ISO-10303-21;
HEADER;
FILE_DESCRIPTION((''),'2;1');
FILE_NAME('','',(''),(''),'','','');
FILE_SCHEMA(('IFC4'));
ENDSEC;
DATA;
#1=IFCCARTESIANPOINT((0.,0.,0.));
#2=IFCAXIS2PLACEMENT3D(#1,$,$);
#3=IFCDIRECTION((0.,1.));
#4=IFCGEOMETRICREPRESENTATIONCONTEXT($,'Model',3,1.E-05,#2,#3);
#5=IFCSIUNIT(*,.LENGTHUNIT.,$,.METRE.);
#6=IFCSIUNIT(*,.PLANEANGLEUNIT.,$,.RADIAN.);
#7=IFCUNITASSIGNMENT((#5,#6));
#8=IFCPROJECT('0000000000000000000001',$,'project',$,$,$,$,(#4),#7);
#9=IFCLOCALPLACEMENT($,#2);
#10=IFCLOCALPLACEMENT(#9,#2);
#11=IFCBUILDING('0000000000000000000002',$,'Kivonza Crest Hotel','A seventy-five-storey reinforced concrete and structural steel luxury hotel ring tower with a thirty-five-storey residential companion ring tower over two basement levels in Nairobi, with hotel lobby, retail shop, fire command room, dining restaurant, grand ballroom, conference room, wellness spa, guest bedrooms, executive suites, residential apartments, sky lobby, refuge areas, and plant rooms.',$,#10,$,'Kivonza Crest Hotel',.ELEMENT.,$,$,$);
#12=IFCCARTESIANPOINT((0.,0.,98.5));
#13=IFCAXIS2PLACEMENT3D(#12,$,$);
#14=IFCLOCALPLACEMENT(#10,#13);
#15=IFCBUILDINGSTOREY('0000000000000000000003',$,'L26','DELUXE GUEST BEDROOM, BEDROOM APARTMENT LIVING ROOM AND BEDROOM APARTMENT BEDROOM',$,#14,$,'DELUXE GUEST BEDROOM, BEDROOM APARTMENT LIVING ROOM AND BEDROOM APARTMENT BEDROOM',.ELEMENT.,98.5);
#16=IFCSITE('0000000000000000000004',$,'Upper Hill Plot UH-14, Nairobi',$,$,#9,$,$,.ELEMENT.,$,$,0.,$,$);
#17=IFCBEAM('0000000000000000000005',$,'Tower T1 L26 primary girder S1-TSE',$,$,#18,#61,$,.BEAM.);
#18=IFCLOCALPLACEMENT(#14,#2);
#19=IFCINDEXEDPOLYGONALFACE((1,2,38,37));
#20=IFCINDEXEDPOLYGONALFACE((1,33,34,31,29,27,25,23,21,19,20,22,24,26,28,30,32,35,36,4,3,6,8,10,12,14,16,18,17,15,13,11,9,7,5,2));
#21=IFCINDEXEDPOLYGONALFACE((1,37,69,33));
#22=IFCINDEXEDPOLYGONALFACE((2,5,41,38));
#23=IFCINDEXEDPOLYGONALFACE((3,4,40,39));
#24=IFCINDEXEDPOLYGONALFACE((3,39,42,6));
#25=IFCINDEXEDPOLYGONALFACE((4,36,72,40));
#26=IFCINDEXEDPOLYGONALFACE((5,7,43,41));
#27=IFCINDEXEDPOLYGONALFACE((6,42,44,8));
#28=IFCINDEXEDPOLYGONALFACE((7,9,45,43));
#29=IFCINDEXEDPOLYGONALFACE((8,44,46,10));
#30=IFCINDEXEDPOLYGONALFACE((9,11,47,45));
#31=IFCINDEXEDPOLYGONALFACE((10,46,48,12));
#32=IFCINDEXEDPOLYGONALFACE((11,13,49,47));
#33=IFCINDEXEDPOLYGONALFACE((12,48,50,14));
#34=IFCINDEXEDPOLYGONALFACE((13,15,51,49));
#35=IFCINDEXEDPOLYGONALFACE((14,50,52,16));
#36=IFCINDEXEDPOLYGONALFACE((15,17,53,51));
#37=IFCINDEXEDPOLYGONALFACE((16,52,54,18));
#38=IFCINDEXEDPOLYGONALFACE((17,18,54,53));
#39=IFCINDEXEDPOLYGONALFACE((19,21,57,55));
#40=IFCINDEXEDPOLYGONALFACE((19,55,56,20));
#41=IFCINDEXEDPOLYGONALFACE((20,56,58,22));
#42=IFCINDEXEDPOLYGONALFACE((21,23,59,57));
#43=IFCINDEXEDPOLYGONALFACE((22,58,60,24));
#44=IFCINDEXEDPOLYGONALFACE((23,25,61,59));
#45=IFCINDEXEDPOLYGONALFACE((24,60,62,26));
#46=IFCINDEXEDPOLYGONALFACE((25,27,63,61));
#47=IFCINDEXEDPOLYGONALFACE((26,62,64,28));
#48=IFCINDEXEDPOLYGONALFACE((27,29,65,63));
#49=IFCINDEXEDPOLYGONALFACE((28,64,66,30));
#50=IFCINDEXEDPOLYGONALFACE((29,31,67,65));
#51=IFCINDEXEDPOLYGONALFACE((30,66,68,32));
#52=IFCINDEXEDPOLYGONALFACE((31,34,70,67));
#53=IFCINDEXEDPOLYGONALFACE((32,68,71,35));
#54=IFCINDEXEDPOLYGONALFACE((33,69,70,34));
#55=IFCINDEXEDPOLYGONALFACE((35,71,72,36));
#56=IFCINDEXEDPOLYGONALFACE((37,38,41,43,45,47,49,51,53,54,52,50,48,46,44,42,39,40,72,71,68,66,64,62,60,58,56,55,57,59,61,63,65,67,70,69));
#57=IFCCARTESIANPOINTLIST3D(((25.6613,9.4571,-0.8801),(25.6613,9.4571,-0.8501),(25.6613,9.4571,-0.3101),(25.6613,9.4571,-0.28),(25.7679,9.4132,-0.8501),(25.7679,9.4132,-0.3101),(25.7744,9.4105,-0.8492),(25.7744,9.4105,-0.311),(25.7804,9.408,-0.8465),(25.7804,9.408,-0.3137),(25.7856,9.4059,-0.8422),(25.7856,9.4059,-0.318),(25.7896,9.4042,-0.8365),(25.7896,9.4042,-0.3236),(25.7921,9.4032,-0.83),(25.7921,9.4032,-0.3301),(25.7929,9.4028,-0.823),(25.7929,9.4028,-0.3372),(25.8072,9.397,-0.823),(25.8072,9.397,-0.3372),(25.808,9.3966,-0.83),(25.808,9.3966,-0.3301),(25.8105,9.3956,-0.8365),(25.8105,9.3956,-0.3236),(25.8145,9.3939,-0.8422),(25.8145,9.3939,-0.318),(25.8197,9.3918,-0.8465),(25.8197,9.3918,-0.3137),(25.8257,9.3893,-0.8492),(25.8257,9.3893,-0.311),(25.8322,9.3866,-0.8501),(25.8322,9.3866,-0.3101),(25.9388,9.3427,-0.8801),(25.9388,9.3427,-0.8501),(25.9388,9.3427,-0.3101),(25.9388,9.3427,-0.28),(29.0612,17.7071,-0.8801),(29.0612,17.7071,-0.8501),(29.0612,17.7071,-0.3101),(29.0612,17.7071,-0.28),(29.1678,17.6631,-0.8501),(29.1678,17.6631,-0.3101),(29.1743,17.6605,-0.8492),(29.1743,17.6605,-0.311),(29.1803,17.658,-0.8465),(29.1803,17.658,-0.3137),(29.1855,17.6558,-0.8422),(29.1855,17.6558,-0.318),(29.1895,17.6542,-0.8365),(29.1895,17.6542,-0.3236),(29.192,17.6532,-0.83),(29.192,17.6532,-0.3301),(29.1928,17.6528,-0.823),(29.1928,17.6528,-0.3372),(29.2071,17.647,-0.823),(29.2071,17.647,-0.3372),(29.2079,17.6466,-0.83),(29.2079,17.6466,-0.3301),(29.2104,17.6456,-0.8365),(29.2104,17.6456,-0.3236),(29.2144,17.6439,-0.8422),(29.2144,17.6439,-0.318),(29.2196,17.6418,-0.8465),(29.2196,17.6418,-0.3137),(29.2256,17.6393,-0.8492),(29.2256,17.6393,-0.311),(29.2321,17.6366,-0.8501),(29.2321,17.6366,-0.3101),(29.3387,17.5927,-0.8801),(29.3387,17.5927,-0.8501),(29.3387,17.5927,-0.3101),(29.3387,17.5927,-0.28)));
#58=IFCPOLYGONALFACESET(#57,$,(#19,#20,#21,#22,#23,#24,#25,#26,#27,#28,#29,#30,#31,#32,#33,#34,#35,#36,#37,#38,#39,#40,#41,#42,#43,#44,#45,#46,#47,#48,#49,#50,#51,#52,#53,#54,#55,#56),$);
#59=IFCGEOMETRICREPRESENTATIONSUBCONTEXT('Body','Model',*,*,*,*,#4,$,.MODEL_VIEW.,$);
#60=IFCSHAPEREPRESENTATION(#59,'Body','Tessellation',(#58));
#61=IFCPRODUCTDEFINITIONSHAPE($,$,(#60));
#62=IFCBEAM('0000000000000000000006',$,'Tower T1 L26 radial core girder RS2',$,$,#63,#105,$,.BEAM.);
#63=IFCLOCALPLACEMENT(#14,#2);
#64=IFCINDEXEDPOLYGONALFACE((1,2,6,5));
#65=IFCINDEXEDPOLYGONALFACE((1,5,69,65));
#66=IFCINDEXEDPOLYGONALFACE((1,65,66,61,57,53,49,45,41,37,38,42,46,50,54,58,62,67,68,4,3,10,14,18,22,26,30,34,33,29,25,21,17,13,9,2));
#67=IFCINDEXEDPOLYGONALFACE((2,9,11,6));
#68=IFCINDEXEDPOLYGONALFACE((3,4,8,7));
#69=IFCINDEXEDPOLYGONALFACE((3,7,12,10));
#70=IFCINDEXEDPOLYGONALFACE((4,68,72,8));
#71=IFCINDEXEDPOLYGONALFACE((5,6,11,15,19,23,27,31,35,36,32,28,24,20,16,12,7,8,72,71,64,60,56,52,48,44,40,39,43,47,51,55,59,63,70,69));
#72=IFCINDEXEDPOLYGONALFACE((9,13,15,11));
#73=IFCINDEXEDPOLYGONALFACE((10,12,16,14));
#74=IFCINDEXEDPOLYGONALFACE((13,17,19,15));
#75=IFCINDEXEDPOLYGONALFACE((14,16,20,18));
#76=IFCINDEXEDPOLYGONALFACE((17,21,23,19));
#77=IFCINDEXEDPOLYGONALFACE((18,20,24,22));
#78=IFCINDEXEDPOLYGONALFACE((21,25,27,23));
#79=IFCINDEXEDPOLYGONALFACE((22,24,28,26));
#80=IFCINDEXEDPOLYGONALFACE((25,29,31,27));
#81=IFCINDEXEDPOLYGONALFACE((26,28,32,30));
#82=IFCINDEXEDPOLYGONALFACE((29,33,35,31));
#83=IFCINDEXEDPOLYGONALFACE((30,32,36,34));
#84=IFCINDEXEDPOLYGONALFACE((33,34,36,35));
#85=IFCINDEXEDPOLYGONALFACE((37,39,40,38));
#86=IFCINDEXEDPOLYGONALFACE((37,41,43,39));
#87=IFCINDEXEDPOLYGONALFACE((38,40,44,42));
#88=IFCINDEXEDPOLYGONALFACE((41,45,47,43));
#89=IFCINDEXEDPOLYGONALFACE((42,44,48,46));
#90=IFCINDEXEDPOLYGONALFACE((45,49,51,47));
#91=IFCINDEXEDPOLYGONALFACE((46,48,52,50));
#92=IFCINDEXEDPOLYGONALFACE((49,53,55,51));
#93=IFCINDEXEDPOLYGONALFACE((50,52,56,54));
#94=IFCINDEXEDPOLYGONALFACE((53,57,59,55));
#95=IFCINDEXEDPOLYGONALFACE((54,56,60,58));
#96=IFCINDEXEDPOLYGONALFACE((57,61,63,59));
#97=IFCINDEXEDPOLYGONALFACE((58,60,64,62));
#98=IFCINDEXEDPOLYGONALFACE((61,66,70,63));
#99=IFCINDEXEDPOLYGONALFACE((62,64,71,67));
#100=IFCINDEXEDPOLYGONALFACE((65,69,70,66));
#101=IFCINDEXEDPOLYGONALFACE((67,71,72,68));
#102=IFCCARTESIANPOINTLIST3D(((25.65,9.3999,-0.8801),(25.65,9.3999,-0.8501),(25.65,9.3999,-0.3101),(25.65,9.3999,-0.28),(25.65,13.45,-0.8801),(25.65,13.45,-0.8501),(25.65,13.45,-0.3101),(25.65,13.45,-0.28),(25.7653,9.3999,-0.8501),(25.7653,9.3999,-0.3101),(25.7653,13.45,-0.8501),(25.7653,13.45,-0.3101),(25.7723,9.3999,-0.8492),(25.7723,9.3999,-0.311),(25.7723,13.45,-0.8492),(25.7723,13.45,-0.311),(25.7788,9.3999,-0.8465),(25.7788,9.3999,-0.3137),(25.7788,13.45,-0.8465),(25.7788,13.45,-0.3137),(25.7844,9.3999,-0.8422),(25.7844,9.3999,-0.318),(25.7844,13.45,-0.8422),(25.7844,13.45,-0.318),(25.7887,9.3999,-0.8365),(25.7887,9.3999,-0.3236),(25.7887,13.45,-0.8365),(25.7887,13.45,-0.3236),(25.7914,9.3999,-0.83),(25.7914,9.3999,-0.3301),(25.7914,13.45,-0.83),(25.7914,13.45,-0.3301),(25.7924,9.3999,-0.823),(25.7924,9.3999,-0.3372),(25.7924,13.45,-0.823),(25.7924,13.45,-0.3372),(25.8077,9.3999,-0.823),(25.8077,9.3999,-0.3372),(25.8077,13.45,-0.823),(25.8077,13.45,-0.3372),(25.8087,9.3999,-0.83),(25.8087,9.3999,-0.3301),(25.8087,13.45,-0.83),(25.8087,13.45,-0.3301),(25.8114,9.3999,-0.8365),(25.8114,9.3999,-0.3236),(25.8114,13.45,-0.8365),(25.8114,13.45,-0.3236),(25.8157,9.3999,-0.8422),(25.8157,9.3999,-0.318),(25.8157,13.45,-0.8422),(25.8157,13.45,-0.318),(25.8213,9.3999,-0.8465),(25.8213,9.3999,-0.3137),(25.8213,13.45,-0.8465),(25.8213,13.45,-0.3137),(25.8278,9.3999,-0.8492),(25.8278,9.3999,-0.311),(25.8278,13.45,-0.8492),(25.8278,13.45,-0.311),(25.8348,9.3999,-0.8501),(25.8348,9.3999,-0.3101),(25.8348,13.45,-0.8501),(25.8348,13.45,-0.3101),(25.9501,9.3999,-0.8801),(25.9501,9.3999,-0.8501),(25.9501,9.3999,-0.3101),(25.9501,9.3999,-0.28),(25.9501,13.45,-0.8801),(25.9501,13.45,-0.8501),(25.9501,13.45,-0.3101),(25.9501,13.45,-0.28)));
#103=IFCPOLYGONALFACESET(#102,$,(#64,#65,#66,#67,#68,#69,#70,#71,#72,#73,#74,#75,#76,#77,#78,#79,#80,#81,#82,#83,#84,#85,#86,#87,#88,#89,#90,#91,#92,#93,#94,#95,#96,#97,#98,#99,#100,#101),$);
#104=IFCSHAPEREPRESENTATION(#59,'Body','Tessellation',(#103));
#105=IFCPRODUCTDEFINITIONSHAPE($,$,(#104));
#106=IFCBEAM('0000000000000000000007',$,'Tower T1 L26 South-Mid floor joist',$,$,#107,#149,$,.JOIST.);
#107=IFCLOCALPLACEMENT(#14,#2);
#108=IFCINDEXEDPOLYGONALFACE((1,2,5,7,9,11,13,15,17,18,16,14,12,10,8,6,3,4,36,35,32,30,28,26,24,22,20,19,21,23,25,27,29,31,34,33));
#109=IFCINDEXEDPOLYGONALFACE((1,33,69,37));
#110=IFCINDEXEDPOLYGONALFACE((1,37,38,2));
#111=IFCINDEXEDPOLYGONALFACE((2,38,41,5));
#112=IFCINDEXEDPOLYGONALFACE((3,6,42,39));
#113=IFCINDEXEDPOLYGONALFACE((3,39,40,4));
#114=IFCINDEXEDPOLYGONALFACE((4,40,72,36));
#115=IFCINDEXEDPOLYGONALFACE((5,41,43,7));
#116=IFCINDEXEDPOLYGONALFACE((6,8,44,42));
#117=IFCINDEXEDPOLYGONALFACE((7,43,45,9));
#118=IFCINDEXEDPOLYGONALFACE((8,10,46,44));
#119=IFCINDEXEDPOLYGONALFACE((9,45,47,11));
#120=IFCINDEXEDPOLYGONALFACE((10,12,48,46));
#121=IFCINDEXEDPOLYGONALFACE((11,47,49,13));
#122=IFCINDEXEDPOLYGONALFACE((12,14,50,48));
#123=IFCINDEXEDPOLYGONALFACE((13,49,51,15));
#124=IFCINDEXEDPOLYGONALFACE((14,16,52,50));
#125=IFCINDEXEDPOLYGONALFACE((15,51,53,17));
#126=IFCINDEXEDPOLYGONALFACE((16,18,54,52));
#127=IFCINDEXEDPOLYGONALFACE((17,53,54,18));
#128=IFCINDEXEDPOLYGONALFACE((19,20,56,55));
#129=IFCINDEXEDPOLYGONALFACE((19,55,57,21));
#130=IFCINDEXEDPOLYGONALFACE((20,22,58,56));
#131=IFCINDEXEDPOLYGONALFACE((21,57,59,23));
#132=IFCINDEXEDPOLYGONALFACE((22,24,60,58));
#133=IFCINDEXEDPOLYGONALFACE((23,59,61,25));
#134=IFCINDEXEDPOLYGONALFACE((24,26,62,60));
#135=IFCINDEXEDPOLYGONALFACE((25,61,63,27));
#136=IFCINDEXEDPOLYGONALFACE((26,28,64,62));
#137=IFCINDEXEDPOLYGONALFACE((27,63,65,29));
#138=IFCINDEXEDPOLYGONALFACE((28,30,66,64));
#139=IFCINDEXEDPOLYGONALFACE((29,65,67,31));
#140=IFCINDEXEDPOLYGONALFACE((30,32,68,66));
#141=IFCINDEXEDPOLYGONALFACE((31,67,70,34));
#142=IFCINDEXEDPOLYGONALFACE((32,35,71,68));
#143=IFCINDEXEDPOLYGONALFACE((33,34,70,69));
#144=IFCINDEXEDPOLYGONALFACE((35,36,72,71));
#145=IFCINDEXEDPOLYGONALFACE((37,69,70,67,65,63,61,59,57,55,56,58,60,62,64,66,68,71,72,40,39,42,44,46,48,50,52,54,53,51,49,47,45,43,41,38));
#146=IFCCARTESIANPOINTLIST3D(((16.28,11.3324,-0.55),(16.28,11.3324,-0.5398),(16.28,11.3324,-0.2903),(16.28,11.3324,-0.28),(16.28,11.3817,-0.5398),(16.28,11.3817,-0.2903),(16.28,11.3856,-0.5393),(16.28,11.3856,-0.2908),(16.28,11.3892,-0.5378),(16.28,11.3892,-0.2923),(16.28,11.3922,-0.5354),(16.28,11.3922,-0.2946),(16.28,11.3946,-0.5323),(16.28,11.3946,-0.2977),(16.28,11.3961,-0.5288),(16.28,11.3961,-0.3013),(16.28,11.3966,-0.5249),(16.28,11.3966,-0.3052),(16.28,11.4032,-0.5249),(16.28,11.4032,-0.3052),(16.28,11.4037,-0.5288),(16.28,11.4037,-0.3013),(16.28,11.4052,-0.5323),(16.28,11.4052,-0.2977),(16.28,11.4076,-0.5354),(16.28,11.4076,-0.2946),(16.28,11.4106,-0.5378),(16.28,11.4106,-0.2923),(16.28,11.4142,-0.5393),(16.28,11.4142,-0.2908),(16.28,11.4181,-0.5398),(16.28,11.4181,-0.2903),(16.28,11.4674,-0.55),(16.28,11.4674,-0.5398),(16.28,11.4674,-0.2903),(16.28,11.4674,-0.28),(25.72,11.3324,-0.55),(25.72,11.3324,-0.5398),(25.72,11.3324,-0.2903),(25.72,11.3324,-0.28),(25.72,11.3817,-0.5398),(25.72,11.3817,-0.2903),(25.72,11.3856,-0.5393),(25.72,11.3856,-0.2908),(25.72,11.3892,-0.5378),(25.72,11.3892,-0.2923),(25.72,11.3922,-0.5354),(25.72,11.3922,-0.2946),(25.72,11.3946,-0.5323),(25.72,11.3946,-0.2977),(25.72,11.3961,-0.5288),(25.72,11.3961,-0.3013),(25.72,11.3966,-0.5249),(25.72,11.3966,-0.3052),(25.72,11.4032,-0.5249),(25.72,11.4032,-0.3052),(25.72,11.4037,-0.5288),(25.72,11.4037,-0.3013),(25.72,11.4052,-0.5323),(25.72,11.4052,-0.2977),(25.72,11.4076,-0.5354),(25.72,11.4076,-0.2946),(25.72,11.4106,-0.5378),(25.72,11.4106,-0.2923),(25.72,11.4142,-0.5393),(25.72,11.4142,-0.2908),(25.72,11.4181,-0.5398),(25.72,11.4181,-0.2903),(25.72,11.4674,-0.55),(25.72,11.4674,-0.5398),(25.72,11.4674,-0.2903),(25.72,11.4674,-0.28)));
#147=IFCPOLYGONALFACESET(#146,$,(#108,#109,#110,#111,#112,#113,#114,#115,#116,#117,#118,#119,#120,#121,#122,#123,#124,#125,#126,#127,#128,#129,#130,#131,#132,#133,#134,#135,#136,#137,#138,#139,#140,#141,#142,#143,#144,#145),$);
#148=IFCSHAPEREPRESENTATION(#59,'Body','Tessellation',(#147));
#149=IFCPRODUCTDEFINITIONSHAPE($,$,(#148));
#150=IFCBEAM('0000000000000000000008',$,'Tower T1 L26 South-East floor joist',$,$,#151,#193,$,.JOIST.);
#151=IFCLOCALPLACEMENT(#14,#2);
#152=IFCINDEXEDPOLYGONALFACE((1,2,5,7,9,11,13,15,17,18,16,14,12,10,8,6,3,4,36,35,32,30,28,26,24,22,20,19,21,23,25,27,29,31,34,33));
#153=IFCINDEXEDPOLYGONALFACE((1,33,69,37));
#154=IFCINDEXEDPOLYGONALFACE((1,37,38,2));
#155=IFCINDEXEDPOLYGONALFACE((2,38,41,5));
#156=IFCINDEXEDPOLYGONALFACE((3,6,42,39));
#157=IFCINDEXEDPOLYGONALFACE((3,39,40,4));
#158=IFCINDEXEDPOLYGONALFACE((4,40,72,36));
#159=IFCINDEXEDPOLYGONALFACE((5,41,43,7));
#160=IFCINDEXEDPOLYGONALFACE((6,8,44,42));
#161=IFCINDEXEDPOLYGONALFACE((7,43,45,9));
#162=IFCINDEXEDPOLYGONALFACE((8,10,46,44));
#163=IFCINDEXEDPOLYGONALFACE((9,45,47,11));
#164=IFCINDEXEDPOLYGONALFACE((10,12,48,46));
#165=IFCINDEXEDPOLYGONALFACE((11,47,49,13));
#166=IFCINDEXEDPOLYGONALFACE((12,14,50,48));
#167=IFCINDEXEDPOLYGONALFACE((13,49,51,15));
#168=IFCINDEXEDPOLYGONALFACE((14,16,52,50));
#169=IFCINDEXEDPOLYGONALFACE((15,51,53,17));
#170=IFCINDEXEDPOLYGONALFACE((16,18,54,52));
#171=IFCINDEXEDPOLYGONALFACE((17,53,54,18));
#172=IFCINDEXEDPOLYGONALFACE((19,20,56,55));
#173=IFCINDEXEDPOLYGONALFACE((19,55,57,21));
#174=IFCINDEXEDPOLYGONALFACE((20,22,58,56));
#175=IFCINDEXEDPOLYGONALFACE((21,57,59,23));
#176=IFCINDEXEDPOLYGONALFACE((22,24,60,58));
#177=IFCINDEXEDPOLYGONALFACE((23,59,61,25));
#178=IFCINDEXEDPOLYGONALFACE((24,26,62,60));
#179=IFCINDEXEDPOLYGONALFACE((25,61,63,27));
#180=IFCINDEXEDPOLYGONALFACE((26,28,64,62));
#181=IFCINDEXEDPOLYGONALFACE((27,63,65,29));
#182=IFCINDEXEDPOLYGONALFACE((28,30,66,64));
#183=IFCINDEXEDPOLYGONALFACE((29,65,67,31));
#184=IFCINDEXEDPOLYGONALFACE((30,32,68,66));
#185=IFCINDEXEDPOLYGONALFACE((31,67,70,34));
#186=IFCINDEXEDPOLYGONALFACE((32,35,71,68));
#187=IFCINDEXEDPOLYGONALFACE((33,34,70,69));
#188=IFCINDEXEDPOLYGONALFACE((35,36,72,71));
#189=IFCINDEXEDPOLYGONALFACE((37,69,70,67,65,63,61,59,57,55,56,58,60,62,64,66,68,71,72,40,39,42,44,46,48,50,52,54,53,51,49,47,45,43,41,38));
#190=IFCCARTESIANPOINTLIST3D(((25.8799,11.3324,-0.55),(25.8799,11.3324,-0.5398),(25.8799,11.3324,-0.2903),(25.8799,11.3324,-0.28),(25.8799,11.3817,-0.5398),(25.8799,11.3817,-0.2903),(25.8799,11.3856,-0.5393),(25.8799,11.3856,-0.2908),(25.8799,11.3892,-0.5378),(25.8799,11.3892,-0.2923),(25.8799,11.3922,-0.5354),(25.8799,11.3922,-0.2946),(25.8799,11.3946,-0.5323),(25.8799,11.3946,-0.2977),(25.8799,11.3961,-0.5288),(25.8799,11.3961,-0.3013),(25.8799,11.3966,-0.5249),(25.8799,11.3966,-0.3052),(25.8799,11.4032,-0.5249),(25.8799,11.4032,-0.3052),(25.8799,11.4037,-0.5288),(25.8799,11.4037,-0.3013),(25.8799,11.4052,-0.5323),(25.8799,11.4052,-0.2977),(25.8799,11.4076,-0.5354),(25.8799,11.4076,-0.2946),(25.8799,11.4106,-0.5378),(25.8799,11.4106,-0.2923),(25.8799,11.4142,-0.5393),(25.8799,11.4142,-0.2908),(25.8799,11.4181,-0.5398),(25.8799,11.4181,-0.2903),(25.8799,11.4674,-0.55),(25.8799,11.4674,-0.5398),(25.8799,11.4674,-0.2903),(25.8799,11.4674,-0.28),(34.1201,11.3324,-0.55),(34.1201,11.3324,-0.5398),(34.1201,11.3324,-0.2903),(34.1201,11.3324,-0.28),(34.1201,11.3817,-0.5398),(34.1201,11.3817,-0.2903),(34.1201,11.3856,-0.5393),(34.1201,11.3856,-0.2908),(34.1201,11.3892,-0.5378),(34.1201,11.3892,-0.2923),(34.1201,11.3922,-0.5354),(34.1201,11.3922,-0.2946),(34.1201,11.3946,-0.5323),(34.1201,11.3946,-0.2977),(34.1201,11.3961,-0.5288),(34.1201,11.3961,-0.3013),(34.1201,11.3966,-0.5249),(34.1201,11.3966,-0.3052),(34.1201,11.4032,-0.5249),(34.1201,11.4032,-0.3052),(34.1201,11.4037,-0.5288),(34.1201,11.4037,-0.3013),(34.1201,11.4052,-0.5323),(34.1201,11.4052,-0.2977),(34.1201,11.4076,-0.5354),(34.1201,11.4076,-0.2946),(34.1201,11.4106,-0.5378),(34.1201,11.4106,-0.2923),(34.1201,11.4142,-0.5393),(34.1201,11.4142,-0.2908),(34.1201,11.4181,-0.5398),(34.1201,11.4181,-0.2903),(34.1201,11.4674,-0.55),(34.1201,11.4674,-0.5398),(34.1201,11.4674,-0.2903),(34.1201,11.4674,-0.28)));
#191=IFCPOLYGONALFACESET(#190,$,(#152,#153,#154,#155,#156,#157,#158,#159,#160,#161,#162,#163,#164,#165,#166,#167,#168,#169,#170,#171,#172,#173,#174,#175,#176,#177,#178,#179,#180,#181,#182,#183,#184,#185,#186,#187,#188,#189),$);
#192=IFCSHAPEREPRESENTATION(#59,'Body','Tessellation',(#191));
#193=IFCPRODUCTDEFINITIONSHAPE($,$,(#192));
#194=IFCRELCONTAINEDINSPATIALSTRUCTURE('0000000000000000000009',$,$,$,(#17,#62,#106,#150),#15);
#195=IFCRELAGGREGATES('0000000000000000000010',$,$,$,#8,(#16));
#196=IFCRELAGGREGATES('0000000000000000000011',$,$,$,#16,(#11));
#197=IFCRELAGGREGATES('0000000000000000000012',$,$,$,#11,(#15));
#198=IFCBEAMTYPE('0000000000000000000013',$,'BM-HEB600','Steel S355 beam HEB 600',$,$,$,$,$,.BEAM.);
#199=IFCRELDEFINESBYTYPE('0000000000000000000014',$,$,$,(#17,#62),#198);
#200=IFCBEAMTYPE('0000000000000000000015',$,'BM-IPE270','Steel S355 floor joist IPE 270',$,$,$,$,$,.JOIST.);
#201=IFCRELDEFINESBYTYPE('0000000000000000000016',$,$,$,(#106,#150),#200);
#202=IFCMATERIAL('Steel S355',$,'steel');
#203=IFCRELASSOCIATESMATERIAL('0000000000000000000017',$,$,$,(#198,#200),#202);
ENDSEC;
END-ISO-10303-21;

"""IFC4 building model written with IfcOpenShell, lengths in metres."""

from ifc_helpers import new_model, si_unit, direction, frame, origin, origin_2d, place, context, subcontext, project, spatial, i_section, extrude, material, material_profile, profile_set, type_object, element, save


model = new_model("IFC4")

# Units and contexts
model_context = context("Model", 3, precision=1e-05, world=origin(), true_north=direction((0.0, 1.0)))
body_context = subcontext(model_context, "Body", "Model", "MODEL_VIEW")
ifc_project = project(units=[si_unit("LENGTHUNIT", "METRE"), si_unit("PLANEANGLEUNIT", "RADIAN")], contexts=[model_context])

# Site, building, storey
site_placement = place(None, origin())
site = spatial("IfcSite", under=ifc_project, at=site_placement, Name="Upper Hill Plot UH-14, Nairobi", CompositionType="ELEMENT", RefElevation=0.0)
building_placement = place(site_placement, origin())
building = spatial("IfcBuilding", under=site, at=building_placement, Name="Kivonza Crest Hotel", Description="A seventy-five-storey reinforced concrete and structural steel luxury hotel ring tower with a thirty-five-storey residential companion ring tower over two basement levels in Nairobi, with hotel lobby, retail shop, fire command room, dining restaurant, grand ballroom, conference room, wellness spa, guest bedrooms, executive suites, residential apartments, sky lobby, refuge areas, and plant rooms.", LongName="Kivonza Crest Hotel", CompositionType="ELEMENT")
storey_placement = place(building_placement, frame((0.0, 0.0, 98.5)))
storey = spatial("IfcBuildingStorey", under=building, at=storey_placement, Name="L26", Description="DELUXE GUEST BEDROOM, BEDROOM APARTMENT LIVING ROOM AND BEDROOM APARTMENT BEDROOM", LongName="DELUXE GUEST BEDROOM, BEDROOM APARTMENT LIVING ROOM AND BEDROOM APARTMENT BEDROOM", CompositionType="ELEMENT", Elevation=98.5)

# Beams
ifc_material_1 = material(Name="Steel S355", Category="steel")
ifc_material_profile_1 = material_profile(ifc_material_1, i_section(OverallWidth=0.3, OverallDepth=0.6001, WebThickness=0.0154, FlangeThickness=0.03, FilletRadius=0.0271, at=origin_2d()), Name="HEB 600")
ifc_profile_set_1 = profile_set([ifc_material_profile_1], Name="Steel S355")
beam_type_1 = type_object("IfcBeamType", Name="BM-HEB600", Description="Steel S355 beam HEB 600", PredefinedType="BEAM", material=ifc_profile_set_1)
beam_1_placement = place(storey_placement, frame((25.8, 9.3999, -0.5801), z_axis=(0.381022, 0.924566, 0.0), x_axis=(-0.924566, 0.381022, 0.0)))
element("IfcBeam", 1, at=beam_1_placement, inside=storey, type_object=beam_type_1, Name="Tower T1 L26 primary girder S1-TSE", PredefinedType="BEAM", context=body_context, shape_type="SweptSolid", body=[
    extrude(i_section(OverallWidth=0.3, OverallDepth=0.6001, WebThickness=0.0154, FlangeThickness=0.03, FilletRadius=0.0271, at=origin_2d()), origin(), (0.0, 0.0, 1.0), 8.9231),
])
beam_2_placement = place(storey_placement, frame((25.8, 9.3999, -0.5801), z_axis=(0.0, 1.0, 0.0), x_axis=(-1.0, 0.0, 0.0)))
element("IfcBeam", 2, at=beam_2_placement, inside=storey, type_object=beam_type_1, Name="Tower T1 L26 radial core girder RS2", PredefinedType="BEAM", context=body_context, shape_type="SweptSolid", body=[
    extrude(i_section(OverallWidth=0.3, OverallDepth=0.6001, WebThickness=0.0154, FlangeThickness=0.03, FilletRadius=0.0271, at=origin_2d()), origin(), (0.0, 0.0, 1.0), 4.05),
])
ifc_material_profile_2 = material_profile(ifc_material_1, i_section(OverallWidth=0.135, OverallDepth=0.27, WebThickness=0.0066, FlangeThickness=0.0103, FilletRadius=0.0149, at=origin_2d()), Name="IPE 270")
ifc_profile_set_2 = profile_set([ifc_material_profile_2], Name="Steel S355")
beam_type_2 = type_object("IfcBeamType", Name="BM-IPE270", Description="Steel S355 floor joist IPE 270", PredefinedType="JOIST", material=ifc_profile_set_2)
beam_3_placement = place(storey_placement, frame((16.28, 11.3999, -0.415), z_axis=(1.0, 0.0, 0.0), x_axis=(0.0, 1.0, 0.0)))
element("IfcBeam", 3, at=beam_3_placement, inside=storey, type_object=beam_type_2, Name="Tower T1 L26 South-Mid floor joist", PredefinedType="JOIST", context=body_context, shape_type="SweptSolid", body=[
    extrude(i_section(OverallWidth=0.135, OverallDepth=0.27, WebThickness=0.0066, FlangeThickness=0.0103, FilletRadius=0.0149, at=origin_2d()), origin(), (0.0, 0.0, 1.0), 9.4399),
])
beam_4_placement = place(storey_placement, frame((25.8799, 11.3999, -0.415), z_axis=(1.0, 0.0, 0.0), x_axis=(0.0, 1.0, 0.0)))
element("IfcBeam", 4, at=beam_4_placement, inside=storey, type_object=beam_type_2, Name="Tower T1 L26 South-East floor joist", PredefinedType="JOIST", context=body_context, shape_type="SweptSolid", body=[
    extrude(i_section(OverallWidth=0.135, OverallDepth=0.27, WebThickness=0.0066, FlangeThickness=0.0103, FilletRadius=0.0149, at=origin_2d()), origin(), (0.0, 0.0, 1.0), 8.2402),
])

save(model, "model.ifc")
